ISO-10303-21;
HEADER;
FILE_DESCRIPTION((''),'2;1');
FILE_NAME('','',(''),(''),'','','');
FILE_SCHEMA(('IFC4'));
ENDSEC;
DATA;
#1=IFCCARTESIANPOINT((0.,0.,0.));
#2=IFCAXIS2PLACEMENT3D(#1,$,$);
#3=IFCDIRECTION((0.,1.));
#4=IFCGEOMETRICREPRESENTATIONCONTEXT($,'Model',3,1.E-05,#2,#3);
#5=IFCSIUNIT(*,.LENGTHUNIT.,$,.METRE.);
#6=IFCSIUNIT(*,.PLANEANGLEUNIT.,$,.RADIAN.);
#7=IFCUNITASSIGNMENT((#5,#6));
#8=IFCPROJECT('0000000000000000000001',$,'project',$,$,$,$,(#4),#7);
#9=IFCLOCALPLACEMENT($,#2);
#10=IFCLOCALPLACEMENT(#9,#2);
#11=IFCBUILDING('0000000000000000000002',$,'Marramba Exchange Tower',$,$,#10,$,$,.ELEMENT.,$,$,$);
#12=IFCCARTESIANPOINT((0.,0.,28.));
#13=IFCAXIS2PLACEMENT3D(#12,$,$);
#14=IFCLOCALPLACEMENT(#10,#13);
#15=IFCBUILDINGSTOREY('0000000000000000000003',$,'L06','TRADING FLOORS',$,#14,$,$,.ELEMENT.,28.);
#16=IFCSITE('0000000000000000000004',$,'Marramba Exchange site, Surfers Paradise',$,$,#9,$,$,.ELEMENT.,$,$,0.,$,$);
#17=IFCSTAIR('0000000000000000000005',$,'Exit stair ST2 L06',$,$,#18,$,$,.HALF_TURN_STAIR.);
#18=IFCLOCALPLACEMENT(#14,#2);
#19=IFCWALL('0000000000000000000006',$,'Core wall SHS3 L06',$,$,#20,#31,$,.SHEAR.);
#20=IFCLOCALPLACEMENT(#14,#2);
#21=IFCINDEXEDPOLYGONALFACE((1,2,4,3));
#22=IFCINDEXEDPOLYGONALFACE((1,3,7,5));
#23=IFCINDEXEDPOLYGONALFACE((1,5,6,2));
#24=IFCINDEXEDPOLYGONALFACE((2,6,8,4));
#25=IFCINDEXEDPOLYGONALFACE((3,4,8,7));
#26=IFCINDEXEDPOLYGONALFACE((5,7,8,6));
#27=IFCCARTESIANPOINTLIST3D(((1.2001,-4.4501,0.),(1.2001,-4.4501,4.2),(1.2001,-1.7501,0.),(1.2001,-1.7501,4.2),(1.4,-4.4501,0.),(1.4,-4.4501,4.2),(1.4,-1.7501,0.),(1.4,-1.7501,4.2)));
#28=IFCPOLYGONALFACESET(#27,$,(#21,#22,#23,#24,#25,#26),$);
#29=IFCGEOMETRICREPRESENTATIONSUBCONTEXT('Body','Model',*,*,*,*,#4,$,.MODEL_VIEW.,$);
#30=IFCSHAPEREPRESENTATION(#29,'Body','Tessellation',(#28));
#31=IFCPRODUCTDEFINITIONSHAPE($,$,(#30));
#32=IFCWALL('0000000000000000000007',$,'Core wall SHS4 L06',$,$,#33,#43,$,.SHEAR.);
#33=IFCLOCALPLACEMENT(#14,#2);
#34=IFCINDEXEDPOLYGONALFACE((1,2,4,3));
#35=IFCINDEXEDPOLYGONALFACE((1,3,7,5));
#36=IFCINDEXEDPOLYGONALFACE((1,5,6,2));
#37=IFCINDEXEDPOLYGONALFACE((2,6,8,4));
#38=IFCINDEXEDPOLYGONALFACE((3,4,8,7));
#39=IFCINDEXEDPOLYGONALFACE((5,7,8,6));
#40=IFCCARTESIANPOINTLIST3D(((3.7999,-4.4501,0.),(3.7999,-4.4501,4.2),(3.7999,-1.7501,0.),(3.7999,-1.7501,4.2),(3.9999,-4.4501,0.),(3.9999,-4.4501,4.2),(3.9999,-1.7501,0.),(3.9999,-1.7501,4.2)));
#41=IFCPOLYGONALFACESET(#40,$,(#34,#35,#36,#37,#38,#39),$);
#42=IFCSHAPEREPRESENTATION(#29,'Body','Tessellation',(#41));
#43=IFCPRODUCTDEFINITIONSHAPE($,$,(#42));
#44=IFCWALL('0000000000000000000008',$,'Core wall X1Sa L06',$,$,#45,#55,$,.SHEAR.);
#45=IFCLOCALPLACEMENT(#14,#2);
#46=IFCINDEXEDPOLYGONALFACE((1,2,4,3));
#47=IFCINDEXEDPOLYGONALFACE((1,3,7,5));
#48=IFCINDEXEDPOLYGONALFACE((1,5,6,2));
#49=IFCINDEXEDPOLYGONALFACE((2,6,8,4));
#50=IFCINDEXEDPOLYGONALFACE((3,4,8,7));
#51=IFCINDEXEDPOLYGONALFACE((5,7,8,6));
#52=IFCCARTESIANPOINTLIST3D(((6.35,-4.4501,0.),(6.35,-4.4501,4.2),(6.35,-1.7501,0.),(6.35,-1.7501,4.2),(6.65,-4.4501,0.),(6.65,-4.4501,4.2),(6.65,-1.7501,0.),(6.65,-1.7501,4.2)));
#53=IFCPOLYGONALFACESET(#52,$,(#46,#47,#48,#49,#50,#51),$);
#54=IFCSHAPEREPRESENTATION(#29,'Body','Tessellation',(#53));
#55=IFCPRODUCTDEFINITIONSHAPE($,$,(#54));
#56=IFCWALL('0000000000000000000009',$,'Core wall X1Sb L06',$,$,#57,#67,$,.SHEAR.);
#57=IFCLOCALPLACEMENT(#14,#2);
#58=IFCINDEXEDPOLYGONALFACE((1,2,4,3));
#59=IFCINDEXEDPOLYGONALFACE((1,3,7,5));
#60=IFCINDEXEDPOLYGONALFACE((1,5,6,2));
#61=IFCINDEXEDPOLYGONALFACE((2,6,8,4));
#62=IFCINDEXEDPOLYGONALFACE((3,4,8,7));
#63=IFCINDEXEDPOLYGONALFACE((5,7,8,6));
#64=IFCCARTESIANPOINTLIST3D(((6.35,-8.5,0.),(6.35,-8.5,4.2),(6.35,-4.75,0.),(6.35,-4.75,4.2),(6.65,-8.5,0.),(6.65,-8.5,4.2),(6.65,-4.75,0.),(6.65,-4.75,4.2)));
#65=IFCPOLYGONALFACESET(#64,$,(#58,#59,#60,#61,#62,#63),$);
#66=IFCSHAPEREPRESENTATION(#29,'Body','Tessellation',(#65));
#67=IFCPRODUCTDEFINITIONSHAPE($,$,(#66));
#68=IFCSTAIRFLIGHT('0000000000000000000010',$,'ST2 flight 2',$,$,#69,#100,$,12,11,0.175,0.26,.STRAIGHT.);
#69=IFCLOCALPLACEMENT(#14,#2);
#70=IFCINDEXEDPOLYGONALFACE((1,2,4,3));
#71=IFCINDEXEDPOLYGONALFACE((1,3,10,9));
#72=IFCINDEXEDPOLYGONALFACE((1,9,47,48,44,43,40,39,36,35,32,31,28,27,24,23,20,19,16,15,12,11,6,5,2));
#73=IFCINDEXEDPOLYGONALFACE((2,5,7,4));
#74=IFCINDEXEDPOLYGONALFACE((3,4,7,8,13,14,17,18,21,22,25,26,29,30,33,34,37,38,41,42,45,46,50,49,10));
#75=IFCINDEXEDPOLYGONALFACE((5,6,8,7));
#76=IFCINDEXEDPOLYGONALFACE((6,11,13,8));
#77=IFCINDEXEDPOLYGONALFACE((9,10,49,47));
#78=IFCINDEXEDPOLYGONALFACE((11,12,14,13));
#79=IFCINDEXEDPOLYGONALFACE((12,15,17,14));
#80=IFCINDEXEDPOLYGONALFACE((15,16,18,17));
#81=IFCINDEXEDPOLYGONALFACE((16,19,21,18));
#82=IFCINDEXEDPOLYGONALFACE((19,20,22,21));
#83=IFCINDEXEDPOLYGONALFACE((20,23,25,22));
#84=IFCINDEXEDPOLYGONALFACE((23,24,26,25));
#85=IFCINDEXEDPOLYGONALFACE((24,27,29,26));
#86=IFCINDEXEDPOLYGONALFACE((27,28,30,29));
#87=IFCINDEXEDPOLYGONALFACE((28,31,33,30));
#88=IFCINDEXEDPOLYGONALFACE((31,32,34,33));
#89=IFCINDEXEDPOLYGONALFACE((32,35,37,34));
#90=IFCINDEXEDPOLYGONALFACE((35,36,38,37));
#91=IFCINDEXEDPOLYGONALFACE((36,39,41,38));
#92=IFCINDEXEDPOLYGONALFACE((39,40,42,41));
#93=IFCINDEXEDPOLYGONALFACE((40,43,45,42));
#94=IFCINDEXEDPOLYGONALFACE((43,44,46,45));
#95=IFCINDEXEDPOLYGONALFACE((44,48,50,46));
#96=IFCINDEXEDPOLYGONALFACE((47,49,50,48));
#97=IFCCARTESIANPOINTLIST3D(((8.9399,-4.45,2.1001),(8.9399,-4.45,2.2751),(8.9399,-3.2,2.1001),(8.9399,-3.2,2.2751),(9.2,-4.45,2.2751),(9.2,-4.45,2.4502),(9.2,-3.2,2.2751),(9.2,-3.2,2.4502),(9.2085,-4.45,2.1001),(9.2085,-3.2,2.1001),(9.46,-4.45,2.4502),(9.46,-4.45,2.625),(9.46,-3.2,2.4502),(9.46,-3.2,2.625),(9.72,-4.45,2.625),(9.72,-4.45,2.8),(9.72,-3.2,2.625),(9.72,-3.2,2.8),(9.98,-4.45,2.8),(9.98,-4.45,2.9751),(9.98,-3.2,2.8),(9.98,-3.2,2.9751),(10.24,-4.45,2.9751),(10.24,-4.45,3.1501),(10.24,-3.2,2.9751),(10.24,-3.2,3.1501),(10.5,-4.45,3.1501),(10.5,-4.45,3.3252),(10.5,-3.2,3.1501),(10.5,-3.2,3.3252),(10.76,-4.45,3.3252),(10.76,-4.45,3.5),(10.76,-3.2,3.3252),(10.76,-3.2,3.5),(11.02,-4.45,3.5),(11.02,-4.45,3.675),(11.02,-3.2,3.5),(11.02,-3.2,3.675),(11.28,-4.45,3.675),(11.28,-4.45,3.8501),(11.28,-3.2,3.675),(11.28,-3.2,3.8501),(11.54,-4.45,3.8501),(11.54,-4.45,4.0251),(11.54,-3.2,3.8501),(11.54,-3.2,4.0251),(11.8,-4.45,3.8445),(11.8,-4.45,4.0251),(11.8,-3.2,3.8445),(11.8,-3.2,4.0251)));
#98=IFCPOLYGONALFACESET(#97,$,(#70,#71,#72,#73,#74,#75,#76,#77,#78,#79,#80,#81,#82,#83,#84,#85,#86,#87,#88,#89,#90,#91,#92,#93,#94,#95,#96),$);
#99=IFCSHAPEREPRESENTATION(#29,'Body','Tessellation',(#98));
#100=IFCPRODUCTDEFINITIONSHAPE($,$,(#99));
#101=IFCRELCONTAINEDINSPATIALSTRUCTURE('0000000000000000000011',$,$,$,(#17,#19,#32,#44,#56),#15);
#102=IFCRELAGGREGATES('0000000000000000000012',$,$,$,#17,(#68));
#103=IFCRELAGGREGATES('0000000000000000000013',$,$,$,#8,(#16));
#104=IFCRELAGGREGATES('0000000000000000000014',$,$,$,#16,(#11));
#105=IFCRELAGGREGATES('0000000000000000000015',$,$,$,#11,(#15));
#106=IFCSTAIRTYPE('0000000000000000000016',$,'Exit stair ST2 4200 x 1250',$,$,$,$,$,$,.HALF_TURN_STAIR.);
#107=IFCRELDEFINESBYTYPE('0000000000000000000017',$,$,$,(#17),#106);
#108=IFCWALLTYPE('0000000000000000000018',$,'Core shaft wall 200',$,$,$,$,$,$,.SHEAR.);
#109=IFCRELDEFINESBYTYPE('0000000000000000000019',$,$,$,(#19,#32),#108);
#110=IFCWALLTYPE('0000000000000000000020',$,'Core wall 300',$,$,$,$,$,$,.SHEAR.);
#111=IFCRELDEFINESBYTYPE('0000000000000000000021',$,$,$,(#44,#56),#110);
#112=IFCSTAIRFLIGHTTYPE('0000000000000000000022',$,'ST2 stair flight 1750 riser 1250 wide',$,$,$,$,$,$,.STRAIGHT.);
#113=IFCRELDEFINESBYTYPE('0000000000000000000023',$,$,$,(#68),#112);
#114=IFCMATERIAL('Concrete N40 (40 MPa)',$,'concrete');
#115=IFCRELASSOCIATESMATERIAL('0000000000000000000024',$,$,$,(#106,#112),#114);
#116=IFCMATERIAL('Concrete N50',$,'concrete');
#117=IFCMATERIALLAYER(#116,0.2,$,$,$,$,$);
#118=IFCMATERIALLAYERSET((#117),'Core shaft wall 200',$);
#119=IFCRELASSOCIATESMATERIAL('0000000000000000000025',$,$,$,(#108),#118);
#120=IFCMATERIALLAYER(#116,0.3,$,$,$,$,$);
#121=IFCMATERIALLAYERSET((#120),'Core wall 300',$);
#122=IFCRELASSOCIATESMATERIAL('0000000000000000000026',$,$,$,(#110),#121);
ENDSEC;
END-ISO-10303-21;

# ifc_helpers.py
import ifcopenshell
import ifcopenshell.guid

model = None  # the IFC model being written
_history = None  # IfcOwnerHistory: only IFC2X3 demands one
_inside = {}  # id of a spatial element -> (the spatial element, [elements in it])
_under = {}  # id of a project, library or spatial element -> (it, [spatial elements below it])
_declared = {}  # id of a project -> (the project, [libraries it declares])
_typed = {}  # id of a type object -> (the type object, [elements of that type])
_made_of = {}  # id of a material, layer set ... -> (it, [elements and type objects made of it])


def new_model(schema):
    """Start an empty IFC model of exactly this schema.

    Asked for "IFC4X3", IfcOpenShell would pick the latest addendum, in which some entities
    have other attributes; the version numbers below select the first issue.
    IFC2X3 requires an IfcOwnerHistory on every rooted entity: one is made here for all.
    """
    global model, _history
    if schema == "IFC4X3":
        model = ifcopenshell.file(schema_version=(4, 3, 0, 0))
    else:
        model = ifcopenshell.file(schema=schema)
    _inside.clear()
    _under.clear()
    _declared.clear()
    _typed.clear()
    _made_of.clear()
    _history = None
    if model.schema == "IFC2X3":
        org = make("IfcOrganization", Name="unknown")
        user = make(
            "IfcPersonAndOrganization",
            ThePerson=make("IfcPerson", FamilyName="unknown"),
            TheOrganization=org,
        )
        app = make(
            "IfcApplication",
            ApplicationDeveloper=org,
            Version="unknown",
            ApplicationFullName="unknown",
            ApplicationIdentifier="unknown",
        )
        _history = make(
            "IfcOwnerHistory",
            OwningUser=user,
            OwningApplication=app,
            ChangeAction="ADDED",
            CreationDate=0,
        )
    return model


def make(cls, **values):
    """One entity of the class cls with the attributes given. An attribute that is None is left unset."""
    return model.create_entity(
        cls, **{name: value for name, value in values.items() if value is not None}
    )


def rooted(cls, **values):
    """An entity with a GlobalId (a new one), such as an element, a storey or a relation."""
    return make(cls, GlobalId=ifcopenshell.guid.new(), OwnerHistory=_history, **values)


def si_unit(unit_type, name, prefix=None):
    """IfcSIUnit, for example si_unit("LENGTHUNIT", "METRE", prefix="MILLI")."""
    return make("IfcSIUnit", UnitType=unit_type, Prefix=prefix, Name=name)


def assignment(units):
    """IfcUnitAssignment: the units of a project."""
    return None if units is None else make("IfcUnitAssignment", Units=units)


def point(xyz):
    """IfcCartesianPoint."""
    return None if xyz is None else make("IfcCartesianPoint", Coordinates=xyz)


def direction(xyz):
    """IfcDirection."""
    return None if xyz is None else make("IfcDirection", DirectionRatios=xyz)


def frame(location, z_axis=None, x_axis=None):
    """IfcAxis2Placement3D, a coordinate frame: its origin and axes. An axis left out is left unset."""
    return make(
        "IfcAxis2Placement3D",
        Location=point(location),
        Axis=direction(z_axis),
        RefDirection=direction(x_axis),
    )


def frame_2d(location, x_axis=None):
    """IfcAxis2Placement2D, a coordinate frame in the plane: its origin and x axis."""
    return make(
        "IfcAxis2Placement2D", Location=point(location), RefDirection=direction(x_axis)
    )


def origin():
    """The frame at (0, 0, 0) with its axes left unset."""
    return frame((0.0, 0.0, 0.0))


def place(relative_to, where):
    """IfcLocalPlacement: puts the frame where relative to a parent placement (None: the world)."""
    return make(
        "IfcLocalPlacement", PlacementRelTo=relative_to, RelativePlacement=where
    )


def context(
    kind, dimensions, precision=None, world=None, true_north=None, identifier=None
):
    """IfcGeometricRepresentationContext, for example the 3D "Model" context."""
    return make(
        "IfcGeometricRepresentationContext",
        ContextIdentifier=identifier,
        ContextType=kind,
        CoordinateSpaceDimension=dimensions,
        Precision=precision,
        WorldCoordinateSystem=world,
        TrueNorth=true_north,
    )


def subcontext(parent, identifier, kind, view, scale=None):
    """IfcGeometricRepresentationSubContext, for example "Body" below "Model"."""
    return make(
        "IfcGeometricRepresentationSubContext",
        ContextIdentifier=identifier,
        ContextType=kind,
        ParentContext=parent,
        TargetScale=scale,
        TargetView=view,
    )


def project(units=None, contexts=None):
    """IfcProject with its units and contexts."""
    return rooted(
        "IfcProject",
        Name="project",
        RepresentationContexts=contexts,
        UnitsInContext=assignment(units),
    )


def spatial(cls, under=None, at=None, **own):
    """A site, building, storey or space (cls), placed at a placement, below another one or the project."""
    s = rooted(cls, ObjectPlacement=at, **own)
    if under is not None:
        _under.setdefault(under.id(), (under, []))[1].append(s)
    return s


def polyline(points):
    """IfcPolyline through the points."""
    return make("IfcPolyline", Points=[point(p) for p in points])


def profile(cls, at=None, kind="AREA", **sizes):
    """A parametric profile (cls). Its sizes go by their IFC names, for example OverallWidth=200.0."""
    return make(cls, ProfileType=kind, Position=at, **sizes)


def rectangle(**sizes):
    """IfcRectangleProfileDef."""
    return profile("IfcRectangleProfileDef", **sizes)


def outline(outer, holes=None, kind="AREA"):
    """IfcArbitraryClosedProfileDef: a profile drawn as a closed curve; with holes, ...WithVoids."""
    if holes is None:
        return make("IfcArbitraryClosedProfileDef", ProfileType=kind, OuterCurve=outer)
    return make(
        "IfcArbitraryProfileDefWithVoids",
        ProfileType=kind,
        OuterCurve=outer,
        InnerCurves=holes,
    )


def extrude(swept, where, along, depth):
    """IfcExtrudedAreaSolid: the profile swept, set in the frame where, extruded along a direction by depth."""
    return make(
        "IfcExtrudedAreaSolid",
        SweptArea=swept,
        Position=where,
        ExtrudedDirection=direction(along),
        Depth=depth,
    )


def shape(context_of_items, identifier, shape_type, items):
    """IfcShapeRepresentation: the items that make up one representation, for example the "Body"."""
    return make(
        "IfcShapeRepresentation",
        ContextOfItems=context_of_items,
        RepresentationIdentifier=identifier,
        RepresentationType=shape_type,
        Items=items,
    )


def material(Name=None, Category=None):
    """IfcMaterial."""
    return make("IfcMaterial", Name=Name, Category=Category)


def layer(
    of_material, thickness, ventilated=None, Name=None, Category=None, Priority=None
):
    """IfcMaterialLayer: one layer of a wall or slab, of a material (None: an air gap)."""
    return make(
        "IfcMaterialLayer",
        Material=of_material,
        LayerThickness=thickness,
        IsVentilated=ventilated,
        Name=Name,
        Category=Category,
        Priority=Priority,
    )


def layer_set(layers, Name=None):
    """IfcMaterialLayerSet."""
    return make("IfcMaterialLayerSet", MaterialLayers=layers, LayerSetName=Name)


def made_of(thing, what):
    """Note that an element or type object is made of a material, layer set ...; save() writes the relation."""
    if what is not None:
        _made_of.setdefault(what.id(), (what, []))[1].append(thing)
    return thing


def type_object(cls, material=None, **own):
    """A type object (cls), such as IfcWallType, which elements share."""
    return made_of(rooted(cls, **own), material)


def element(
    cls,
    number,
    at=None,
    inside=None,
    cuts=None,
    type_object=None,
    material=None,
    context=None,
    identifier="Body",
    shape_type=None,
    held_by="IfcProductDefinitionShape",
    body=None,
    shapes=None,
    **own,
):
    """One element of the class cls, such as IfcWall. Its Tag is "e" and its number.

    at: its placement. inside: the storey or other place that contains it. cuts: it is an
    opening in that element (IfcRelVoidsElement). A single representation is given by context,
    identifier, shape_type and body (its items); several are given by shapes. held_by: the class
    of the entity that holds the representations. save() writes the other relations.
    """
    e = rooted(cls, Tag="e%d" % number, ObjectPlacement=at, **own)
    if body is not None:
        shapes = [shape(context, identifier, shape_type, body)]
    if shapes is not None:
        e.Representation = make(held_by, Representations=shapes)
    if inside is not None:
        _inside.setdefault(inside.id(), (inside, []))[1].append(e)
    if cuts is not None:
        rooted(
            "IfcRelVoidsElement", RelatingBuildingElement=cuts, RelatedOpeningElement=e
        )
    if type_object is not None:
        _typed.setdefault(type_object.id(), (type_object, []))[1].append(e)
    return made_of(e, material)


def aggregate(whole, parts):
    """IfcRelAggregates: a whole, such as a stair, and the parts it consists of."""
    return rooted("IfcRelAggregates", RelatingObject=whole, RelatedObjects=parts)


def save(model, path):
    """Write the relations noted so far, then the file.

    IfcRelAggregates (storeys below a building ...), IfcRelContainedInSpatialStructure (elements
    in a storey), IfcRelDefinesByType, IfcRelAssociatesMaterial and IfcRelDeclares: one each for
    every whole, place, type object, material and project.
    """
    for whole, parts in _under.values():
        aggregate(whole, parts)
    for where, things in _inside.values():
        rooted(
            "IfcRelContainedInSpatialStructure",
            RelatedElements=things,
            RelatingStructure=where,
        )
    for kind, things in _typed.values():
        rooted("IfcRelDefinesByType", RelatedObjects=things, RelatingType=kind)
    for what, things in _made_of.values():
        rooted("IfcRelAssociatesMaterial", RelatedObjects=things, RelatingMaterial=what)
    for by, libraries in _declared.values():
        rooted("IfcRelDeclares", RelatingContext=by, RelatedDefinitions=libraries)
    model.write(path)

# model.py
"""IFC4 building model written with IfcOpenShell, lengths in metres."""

from ifc_helpers import new_model, si_unit, direction, frame, frame_2d, origin, place, context, subcontext, project, spatial, polyline, rectangle, outline, extrude, material, layer, layer_set, type_object, element, aggregate, save


model = new_model("IFC4")

# Units and contexts
model_context = context("Model", 3, precision=1e-05, world=origin(), true_north=direction((0.0, 1.0)))
body_context = subcontext(model_context, "Body", "Model", "MODEL_VIEW")
ifc_project = project(units=[si_unit("LENGTHUNIT", "METRE"), si_unit("PLANEANGLEUNIT", "RADIAN")], contexts=[model_context])

# Site, building, storey
site_placement = place(None, origin())
site = spatial("IfcSite", under=ifc_project, at=site_placement, Name="Marramba Exchange site, Surfers Paradise", CompositionType="ELEMENT", RefElevation=0.0)
building_placement = place(site_placement, origin())
building = spatial("IfcBuilding", under=site, at=building_placement, Name="Marramba Exchange Tower", CompositionType="ELEMENT")
storey_placement = place(building_placement, frame((0.0, 0.0, 28.0)))
storey = spatial("IfcBuildingStorey", under=building, at=storey_placement, Name="L06", Description="TRADING FLOORS", CompositionType="ELEMENT", Elevation=28.0)

# Stair
ifc_material_1 = material(Name="Concrete N40 (40 MPa)", Category="concrete")
stair_type_1 = type_object("IfcStairType", Name="Exit stair ST2 4200 x 1250", PredefinedType="HALF_TURN_STAIR", material=ifc_material_1)
stair_1_placement = place(storey_placement, origin())
stair_1 = element("IfcStair", 1, at=stair_1_placement, inside=storey, type_object=stair_type_1, Name="Exit stair ST2 L06", PredefinedType="HALF_TURN_STAIR")

# Walls
ifc_material_2 = material(Name="Concrete N50", Category="concrete")
ifc_layer_1 = layer(ifc_material_2, 0.2)
ifc_layer_set_1 = layer_set([ifc_layer_1], Name="Core shaft wall 200")
wall_type_1 = type_object("IfcWallType", Name="Core shaft wall 200", PredefinedType="SHEAR", material=ifc_layer_set_1)
for number, where, z_axis, x_axis, name in (
    (2, (1.3, -1.75, 0.0), (0.0, 0.0, 1.0), (0.0, -1.0, 0.0), "Core wall SHS3 L06"),
    (3, (3.8999, -1.75, 0.0), (0.0, 0.0, 1.0), (0.0, -1.0, 0.0), "Core wall SHS4 L06"),
):
    element("IfcWall", number, at=place(storey_placement, frame(where, z_axis=z_axis, x_axis=x_axis)), inside=storey, type_object=wall_type_1, Name=name, PredefinedType="SHEAR", context=body_context, shape_type="SweptSolid", body=[
        extrude(rectangle(XDim=2.7, YDim=0.2, at=frame_2d((1.3501, 0.0))), origin(), (0.0, 0.0, 1.0), 4.2),
    ])
ifc_layer_2 = layer(ifc_material_2, 0.3)
ifc_layer_set_2 = layer_set([ifc_layer_2], Name="Core wall 300")
wall_type_2 = type_object("IfcWallType", Name="Core wall 300", PredefinedType="SHEAR", material=ifc_layer_set_2)
wall_1_placement = place(storey_placement, frame((6.5, -1.75, 0.0), z_axis=(0.0, 0.0, 1.0), x_axis=(0.0, -1.0, 0.0)))
element("IfcWall", 4, at=wall_1_placement, inside=storey, type_object=wall_type_2, Name="Core wall X1Sa L06", PredefinedType="SHEAR", context=body_context, shape_type="SweptSolid", body=[
    extrude(rectangle(XDim=2.7, YDim=0.3, at=frame_2d((1.3501, 0.0))), origin(), (0.0, 0.0, 1.0), 4.2),
])
wall_2_placement = place(storey_placement, frame((6.5, -4.75, 0.0), z_axis=(0.0, 0.0, 1.0), x_axis=(0.0, -1.0, 0.0)))
element("IfcWall", 5, at=wall_2_placement, inside=storey, type_object=wall_type_2, Name="Core wall X1Sb L06", PredefinedType="SHEAR", context=body_context, shape_type="SweptSolid", body=[
    extrude(rectangle(XDim=3.75, YDim=0.3, at=frame_2d((1.875, 0.0))), origin(), (0.0, 0.0, 1.0), 4.2),
])

# Stair flight
stair_flight_type = type_object("IfcStairFlightType", Name="ST2 stair flight 1750 riser 1250 wide", PredefinedType="STRAIGHT", material=ifc_material_1)
stair_flight_placement = place(storey_placement, frame((8.9399, -3.825, 2.1001), z_axis=(0.0, 0.0, 1.0), x_axis=(1.0, 0.0, 0.0)))
stair_flight = element("IfcStairFlight", 6, at=stair_flight_placement, type_object=stair_flight_type, Name="ST2 flight 2", NumberOfRisers=12, NumberOfTreads=11, PredefinedType="STRAIGHT", RiserHeight=0.175, TreadLength=0.26, context=body_context, shape_type="SweptSolid", body=[
    extrude(outline(polyline([(0.0, 0.0), (0.0, 0.175), (0.26, 0.175), (0.26, 0.3501), (0.52, 0.3501), (0.52, 0.5249), (0.78, 0.5249), (0.78, 0.7), (1.04, 0.7), (1.04, 0.875), (1.3, 0.875), (1.3, 1.05), (1.5601, 1.05), (1.5601, 1.2251), (1.8201, 1.2251), (1.8201, 1.3999), (2.0801, 1.3999), (2.0801, 1.575), (2.3401, 1.575), (2.3401, 1.75), (2.6001, 1.75), (2.6001, 1.925), (2.8601, 1.925), (2.8601, 2.1001), (2.8601, 1.7444), (0.2686, 0.0), (0.0, 0.0)])), frame((0.0, 0.625, 0.0), z_axis=(0.0, -1.0, 0.0), x_axis=(1.0, 0.0, 0.0)), (0.0, 0.0, 1.0), 1.25),
])
aggregate(stair_1, [stair_flight])

save(model, "model.ifc")
